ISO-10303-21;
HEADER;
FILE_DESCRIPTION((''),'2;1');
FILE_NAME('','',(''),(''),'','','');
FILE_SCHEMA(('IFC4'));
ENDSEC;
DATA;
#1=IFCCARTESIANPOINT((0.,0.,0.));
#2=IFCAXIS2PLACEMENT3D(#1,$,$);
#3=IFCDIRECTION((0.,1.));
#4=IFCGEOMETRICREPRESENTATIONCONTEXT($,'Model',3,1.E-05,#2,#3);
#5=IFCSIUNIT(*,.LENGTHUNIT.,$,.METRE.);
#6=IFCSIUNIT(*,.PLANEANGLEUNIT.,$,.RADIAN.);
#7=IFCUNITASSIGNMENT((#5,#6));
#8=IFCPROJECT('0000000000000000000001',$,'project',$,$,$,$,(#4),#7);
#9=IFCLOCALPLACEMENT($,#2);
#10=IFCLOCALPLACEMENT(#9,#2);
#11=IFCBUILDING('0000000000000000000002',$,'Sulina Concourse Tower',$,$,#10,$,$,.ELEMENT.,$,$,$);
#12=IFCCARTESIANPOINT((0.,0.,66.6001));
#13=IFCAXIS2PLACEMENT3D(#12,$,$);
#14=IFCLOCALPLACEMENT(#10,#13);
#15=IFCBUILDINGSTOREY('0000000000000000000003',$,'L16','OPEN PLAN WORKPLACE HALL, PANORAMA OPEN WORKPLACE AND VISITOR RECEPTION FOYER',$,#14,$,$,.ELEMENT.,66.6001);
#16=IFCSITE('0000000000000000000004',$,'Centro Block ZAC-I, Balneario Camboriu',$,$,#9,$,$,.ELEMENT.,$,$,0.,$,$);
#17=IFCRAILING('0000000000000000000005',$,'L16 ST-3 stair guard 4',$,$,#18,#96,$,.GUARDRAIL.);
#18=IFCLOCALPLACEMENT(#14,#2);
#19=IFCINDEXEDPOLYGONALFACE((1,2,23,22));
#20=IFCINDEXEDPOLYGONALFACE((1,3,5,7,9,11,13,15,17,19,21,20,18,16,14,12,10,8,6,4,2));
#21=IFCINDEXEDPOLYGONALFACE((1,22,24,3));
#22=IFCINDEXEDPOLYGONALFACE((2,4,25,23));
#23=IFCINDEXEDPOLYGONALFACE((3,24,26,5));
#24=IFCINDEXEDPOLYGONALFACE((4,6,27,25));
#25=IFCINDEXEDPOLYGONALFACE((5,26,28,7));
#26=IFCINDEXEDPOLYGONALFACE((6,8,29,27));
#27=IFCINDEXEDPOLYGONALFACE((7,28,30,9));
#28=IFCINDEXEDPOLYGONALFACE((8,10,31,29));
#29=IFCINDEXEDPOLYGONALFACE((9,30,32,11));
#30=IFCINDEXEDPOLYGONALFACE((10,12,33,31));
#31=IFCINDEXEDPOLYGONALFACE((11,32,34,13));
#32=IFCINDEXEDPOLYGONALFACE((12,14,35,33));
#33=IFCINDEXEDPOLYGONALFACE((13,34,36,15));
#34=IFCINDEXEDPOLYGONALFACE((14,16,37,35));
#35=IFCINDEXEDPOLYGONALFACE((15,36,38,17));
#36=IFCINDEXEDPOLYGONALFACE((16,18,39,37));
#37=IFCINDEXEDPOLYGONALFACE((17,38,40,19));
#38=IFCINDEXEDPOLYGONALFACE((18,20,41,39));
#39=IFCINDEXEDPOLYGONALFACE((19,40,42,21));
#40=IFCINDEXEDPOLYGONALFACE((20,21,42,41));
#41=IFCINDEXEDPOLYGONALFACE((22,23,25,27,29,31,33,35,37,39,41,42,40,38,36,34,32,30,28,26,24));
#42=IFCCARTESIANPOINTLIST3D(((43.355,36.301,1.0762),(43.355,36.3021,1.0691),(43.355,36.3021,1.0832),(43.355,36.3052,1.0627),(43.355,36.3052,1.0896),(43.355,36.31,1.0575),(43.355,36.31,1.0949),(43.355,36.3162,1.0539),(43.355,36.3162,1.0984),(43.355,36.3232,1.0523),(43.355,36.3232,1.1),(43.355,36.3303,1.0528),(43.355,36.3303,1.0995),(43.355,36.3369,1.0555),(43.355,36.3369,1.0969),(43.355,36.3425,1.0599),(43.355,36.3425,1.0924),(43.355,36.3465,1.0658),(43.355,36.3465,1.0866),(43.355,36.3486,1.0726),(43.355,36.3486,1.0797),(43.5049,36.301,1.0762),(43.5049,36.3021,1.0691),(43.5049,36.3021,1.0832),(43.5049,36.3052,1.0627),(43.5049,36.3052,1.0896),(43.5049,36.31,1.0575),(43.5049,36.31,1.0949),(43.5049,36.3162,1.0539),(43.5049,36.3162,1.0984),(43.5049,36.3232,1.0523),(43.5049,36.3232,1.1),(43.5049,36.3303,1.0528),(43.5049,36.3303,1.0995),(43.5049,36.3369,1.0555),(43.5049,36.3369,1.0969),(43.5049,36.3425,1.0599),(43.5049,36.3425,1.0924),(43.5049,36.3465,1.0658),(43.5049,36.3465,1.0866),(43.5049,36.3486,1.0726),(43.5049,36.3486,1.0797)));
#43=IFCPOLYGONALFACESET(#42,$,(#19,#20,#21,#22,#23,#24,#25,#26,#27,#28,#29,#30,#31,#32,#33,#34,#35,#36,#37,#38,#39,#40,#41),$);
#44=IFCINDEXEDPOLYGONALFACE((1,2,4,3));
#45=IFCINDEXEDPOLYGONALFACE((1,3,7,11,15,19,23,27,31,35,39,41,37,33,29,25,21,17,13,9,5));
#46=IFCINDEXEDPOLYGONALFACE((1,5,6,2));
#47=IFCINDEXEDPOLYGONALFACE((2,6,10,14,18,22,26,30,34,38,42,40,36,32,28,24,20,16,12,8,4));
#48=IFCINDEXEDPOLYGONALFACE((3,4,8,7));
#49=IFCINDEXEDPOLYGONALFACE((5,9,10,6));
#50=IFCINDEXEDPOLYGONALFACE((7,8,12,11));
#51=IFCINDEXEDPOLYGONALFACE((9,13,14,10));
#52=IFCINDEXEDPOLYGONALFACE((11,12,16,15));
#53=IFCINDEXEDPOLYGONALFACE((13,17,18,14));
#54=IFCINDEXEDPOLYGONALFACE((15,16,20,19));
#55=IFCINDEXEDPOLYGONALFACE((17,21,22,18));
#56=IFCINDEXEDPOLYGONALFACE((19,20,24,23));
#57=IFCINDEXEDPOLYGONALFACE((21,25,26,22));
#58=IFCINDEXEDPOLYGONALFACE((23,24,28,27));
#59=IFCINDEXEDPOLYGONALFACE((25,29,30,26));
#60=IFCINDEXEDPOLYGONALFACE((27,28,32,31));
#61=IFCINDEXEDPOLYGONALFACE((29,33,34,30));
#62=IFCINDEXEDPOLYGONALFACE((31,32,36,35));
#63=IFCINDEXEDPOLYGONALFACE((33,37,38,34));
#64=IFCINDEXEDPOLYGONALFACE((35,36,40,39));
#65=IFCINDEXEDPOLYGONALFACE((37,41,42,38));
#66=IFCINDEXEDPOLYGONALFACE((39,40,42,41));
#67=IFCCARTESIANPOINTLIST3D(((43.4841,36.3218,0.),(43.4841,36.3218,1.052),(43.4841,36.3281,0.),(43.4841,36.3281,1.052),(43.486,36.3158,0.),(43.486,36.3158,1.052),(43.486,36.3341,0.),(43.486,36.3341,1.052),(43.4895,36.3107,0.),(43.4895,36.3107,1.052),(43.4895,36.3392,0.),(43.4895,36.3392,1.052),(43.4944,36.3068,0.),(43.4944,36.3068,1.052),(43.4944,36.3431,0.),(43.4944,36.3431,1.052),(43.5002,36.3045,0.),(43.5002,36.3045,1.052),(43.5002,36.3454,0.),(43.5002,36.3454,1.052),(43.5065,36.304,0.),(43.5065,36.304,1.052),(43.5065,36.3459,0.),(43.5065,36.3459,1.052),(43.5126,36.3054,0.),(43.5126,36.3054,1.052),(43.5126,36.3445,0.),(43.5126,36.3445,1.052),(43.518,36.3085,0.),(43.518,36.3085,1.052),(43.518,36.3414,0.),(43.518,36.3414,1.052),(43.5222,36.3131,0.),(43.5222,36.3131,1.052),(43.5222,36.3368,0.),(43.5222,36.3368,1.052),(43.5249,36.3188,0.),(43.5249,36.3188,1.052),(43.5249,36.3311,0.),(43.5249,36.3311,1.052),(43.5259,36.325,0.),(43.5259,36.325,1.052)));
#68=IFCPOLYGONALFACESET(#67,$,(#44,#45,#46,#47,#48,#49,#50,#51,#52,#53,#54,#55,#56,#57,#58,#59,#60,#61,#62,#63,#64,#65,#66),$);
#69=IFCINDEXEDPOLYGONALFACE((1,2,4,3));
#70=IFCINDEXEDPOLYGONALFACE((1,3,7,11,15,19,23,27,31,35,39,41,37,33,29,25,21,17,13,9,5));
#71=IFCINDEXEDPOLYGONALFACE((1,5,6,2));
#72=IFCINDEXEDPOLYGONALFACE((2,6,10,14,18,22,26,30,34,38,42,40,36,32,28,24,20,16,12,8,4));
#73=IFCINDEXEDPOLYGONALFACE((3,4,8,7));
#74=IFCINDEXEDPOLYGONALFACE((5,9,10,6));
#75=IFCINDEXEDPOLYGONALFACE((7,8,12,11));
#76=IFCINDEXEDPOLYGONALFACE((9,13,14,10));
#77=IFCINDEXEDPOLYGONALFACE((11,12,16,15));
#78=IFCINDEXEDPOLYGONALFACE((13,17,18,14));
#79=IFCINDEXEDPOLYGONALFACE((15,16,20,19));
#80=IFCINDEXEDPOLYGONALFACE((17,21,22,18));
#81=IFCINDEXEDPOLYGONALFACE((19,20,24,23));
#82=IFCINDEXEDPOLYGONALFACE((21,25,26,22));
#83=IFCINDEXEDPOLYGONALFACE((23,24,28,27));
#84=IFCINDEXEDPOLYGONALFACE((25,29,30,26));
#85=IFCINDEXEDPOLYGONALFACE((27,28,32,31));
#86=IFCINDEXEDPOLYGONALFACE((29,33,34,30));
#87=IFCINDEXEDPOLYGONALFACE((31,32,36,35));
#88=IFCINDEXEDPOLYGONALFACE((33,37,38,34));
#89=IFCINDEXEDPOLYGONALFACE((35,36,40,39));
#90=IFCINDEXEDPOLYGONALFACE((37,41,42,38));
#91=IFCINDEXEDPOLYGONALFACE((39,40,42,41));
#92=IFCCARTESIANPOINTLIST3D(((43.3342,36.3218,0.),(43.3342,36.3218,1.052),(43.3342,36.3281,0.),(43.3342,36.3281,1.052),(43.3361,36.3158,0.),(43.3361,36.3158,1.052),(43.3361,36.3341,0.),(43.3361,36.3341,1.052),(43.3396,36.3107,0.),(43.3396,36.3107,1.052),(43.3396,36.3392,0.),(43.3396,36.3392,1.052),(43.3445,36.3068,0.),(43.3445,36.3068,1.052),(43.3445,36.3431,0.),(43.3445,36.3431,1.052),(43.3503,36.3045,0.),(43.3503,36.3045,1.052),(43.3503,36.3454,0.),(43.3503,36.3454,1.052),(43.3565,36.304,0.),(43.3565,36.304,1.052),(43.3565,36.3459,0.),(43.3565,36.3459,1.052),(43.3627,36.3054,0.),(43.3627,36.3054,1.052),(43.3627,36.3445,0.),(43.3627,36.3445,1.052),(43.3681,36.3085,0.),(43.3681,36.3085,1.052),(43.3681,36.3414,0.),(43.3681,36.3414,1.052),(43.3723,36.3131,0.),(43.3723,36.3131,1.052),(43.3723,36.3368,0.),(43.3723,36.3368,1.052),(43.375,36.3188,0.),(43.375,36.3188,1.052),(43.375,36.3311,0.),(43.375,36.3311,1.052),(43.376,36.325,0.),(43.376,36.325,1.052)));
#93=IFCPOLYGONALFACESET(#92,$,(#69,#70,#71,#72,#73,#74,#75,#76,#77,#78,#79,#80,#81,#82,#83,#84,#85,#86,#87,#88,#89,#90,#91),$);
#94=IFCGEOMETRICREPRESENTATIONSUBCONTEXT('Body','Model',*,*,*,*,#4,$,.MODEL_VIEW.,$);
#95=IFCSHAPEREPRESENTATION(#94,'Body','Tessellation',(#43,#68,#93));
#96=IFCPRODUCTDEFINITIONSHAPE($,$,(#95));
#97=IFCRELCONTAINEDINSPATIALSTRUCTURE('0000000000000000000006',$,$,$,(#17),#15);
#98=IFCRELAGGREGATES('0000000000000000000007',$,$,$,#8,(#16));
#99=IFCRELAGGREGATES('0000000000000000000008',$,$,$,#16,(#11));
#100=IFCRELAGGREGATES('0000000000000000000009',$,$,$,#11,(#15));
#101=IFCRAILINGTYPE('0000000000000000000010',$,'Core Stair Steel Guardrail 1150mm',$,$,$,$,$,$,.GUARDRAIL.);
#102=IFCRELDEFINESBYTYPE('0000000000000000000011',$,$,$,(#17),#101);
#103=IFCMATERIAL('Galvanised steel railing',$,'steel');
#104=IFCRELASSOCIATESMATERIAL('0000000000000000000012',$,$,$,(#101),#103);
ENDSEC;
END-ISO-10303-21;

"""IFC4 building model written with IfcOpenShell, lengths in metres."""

from ifc_helpers import new_model, si_unit, direction, frame, origin, origin_2d, place, context, subcontext, project, spatial, circle, extrude, material, type_object, element, save


model = new_model("IFC4")

# Units and contexts
model_context = context("Model", 3, precision=1e-05, world=origin(), true_north=direction((0.0, 1.0)))
body_context = subcontext(model_context, "Body", "Model", "MODEL_VIEW")
ifc_project = project(units=[si_unit("LENGTHUNIT", "METRE"), si_unit("PLANEANGLEUNIT", "RADIAN")], contexts=[model_context])

# Site, building, storey
site_placement = place(None, origin())
site = spatial("IfcSite", under=ifc_project, at=site_placement, Name="Centro Block ZAC-I, Balneario Camboriu", CompositionType="ELEMENT", RefElevation=0.0)
building_placement = place(site_placement, origin())
building = spatial("IfcBuilding", under=site, at=building_placement, Name="Sulina Concourse Tower", CompositionType="ELEMENT")
storey_placement = place(building_placement, frame((0.0, 0.0, 66.6001)))
storey = spatial("IfcBuildingStorey", under=building, at=storey_placement, Name="L16", Description="OPEN PLAN WORKPLACE HALL, PANORAMA OPEN WORKPLACE AND VISITOR RECEPTION FOYER", CompositionType="ELEMENT", Elevation=66.6001)

# Railing
ifc_material_1 = material(Name="Galvanised steel railing", Category="steel")
railing_type_1 = type_object("IfcRailingType", Name="Core Stair Steel Guardrail 1150mm", PredefinedType="GUARDRAIL", material=ifc_material_1)
railing_1_placement = place(storey_placement, frame((43.5049, 36.325, 0.0)))
element("IfcRailing", 1, at=railing_1_placement, inside=storey, type_object=railing_type_1, Name="L16 ST-3 stair guard 4", PredefinedType="GUARDRAIL", context=body_context, shape_type="SweptSolid", body=[
    extrude(circle(Radius=0.0239, at=origin_2d()), frame((0.0, 0.0, 1.0762), z_axis=(-1.0, 0.0, 0.0), x_axis=(0.0, -1.0, 0.0)), (0.0, 0.0, 1.0), 0.1499),
    extrude(circle(Radius=0.021, at=origin_2d()), origin(), (0.0, 0.0, 1.0), 1.052),
    extrude(circle(Radius=0.021, at=origin_2d()), frame((-0.1499, 0.0, 0.0)), (0.0, 0.0, 1.0), 1.052),
])

save(model, "model.ifc")
